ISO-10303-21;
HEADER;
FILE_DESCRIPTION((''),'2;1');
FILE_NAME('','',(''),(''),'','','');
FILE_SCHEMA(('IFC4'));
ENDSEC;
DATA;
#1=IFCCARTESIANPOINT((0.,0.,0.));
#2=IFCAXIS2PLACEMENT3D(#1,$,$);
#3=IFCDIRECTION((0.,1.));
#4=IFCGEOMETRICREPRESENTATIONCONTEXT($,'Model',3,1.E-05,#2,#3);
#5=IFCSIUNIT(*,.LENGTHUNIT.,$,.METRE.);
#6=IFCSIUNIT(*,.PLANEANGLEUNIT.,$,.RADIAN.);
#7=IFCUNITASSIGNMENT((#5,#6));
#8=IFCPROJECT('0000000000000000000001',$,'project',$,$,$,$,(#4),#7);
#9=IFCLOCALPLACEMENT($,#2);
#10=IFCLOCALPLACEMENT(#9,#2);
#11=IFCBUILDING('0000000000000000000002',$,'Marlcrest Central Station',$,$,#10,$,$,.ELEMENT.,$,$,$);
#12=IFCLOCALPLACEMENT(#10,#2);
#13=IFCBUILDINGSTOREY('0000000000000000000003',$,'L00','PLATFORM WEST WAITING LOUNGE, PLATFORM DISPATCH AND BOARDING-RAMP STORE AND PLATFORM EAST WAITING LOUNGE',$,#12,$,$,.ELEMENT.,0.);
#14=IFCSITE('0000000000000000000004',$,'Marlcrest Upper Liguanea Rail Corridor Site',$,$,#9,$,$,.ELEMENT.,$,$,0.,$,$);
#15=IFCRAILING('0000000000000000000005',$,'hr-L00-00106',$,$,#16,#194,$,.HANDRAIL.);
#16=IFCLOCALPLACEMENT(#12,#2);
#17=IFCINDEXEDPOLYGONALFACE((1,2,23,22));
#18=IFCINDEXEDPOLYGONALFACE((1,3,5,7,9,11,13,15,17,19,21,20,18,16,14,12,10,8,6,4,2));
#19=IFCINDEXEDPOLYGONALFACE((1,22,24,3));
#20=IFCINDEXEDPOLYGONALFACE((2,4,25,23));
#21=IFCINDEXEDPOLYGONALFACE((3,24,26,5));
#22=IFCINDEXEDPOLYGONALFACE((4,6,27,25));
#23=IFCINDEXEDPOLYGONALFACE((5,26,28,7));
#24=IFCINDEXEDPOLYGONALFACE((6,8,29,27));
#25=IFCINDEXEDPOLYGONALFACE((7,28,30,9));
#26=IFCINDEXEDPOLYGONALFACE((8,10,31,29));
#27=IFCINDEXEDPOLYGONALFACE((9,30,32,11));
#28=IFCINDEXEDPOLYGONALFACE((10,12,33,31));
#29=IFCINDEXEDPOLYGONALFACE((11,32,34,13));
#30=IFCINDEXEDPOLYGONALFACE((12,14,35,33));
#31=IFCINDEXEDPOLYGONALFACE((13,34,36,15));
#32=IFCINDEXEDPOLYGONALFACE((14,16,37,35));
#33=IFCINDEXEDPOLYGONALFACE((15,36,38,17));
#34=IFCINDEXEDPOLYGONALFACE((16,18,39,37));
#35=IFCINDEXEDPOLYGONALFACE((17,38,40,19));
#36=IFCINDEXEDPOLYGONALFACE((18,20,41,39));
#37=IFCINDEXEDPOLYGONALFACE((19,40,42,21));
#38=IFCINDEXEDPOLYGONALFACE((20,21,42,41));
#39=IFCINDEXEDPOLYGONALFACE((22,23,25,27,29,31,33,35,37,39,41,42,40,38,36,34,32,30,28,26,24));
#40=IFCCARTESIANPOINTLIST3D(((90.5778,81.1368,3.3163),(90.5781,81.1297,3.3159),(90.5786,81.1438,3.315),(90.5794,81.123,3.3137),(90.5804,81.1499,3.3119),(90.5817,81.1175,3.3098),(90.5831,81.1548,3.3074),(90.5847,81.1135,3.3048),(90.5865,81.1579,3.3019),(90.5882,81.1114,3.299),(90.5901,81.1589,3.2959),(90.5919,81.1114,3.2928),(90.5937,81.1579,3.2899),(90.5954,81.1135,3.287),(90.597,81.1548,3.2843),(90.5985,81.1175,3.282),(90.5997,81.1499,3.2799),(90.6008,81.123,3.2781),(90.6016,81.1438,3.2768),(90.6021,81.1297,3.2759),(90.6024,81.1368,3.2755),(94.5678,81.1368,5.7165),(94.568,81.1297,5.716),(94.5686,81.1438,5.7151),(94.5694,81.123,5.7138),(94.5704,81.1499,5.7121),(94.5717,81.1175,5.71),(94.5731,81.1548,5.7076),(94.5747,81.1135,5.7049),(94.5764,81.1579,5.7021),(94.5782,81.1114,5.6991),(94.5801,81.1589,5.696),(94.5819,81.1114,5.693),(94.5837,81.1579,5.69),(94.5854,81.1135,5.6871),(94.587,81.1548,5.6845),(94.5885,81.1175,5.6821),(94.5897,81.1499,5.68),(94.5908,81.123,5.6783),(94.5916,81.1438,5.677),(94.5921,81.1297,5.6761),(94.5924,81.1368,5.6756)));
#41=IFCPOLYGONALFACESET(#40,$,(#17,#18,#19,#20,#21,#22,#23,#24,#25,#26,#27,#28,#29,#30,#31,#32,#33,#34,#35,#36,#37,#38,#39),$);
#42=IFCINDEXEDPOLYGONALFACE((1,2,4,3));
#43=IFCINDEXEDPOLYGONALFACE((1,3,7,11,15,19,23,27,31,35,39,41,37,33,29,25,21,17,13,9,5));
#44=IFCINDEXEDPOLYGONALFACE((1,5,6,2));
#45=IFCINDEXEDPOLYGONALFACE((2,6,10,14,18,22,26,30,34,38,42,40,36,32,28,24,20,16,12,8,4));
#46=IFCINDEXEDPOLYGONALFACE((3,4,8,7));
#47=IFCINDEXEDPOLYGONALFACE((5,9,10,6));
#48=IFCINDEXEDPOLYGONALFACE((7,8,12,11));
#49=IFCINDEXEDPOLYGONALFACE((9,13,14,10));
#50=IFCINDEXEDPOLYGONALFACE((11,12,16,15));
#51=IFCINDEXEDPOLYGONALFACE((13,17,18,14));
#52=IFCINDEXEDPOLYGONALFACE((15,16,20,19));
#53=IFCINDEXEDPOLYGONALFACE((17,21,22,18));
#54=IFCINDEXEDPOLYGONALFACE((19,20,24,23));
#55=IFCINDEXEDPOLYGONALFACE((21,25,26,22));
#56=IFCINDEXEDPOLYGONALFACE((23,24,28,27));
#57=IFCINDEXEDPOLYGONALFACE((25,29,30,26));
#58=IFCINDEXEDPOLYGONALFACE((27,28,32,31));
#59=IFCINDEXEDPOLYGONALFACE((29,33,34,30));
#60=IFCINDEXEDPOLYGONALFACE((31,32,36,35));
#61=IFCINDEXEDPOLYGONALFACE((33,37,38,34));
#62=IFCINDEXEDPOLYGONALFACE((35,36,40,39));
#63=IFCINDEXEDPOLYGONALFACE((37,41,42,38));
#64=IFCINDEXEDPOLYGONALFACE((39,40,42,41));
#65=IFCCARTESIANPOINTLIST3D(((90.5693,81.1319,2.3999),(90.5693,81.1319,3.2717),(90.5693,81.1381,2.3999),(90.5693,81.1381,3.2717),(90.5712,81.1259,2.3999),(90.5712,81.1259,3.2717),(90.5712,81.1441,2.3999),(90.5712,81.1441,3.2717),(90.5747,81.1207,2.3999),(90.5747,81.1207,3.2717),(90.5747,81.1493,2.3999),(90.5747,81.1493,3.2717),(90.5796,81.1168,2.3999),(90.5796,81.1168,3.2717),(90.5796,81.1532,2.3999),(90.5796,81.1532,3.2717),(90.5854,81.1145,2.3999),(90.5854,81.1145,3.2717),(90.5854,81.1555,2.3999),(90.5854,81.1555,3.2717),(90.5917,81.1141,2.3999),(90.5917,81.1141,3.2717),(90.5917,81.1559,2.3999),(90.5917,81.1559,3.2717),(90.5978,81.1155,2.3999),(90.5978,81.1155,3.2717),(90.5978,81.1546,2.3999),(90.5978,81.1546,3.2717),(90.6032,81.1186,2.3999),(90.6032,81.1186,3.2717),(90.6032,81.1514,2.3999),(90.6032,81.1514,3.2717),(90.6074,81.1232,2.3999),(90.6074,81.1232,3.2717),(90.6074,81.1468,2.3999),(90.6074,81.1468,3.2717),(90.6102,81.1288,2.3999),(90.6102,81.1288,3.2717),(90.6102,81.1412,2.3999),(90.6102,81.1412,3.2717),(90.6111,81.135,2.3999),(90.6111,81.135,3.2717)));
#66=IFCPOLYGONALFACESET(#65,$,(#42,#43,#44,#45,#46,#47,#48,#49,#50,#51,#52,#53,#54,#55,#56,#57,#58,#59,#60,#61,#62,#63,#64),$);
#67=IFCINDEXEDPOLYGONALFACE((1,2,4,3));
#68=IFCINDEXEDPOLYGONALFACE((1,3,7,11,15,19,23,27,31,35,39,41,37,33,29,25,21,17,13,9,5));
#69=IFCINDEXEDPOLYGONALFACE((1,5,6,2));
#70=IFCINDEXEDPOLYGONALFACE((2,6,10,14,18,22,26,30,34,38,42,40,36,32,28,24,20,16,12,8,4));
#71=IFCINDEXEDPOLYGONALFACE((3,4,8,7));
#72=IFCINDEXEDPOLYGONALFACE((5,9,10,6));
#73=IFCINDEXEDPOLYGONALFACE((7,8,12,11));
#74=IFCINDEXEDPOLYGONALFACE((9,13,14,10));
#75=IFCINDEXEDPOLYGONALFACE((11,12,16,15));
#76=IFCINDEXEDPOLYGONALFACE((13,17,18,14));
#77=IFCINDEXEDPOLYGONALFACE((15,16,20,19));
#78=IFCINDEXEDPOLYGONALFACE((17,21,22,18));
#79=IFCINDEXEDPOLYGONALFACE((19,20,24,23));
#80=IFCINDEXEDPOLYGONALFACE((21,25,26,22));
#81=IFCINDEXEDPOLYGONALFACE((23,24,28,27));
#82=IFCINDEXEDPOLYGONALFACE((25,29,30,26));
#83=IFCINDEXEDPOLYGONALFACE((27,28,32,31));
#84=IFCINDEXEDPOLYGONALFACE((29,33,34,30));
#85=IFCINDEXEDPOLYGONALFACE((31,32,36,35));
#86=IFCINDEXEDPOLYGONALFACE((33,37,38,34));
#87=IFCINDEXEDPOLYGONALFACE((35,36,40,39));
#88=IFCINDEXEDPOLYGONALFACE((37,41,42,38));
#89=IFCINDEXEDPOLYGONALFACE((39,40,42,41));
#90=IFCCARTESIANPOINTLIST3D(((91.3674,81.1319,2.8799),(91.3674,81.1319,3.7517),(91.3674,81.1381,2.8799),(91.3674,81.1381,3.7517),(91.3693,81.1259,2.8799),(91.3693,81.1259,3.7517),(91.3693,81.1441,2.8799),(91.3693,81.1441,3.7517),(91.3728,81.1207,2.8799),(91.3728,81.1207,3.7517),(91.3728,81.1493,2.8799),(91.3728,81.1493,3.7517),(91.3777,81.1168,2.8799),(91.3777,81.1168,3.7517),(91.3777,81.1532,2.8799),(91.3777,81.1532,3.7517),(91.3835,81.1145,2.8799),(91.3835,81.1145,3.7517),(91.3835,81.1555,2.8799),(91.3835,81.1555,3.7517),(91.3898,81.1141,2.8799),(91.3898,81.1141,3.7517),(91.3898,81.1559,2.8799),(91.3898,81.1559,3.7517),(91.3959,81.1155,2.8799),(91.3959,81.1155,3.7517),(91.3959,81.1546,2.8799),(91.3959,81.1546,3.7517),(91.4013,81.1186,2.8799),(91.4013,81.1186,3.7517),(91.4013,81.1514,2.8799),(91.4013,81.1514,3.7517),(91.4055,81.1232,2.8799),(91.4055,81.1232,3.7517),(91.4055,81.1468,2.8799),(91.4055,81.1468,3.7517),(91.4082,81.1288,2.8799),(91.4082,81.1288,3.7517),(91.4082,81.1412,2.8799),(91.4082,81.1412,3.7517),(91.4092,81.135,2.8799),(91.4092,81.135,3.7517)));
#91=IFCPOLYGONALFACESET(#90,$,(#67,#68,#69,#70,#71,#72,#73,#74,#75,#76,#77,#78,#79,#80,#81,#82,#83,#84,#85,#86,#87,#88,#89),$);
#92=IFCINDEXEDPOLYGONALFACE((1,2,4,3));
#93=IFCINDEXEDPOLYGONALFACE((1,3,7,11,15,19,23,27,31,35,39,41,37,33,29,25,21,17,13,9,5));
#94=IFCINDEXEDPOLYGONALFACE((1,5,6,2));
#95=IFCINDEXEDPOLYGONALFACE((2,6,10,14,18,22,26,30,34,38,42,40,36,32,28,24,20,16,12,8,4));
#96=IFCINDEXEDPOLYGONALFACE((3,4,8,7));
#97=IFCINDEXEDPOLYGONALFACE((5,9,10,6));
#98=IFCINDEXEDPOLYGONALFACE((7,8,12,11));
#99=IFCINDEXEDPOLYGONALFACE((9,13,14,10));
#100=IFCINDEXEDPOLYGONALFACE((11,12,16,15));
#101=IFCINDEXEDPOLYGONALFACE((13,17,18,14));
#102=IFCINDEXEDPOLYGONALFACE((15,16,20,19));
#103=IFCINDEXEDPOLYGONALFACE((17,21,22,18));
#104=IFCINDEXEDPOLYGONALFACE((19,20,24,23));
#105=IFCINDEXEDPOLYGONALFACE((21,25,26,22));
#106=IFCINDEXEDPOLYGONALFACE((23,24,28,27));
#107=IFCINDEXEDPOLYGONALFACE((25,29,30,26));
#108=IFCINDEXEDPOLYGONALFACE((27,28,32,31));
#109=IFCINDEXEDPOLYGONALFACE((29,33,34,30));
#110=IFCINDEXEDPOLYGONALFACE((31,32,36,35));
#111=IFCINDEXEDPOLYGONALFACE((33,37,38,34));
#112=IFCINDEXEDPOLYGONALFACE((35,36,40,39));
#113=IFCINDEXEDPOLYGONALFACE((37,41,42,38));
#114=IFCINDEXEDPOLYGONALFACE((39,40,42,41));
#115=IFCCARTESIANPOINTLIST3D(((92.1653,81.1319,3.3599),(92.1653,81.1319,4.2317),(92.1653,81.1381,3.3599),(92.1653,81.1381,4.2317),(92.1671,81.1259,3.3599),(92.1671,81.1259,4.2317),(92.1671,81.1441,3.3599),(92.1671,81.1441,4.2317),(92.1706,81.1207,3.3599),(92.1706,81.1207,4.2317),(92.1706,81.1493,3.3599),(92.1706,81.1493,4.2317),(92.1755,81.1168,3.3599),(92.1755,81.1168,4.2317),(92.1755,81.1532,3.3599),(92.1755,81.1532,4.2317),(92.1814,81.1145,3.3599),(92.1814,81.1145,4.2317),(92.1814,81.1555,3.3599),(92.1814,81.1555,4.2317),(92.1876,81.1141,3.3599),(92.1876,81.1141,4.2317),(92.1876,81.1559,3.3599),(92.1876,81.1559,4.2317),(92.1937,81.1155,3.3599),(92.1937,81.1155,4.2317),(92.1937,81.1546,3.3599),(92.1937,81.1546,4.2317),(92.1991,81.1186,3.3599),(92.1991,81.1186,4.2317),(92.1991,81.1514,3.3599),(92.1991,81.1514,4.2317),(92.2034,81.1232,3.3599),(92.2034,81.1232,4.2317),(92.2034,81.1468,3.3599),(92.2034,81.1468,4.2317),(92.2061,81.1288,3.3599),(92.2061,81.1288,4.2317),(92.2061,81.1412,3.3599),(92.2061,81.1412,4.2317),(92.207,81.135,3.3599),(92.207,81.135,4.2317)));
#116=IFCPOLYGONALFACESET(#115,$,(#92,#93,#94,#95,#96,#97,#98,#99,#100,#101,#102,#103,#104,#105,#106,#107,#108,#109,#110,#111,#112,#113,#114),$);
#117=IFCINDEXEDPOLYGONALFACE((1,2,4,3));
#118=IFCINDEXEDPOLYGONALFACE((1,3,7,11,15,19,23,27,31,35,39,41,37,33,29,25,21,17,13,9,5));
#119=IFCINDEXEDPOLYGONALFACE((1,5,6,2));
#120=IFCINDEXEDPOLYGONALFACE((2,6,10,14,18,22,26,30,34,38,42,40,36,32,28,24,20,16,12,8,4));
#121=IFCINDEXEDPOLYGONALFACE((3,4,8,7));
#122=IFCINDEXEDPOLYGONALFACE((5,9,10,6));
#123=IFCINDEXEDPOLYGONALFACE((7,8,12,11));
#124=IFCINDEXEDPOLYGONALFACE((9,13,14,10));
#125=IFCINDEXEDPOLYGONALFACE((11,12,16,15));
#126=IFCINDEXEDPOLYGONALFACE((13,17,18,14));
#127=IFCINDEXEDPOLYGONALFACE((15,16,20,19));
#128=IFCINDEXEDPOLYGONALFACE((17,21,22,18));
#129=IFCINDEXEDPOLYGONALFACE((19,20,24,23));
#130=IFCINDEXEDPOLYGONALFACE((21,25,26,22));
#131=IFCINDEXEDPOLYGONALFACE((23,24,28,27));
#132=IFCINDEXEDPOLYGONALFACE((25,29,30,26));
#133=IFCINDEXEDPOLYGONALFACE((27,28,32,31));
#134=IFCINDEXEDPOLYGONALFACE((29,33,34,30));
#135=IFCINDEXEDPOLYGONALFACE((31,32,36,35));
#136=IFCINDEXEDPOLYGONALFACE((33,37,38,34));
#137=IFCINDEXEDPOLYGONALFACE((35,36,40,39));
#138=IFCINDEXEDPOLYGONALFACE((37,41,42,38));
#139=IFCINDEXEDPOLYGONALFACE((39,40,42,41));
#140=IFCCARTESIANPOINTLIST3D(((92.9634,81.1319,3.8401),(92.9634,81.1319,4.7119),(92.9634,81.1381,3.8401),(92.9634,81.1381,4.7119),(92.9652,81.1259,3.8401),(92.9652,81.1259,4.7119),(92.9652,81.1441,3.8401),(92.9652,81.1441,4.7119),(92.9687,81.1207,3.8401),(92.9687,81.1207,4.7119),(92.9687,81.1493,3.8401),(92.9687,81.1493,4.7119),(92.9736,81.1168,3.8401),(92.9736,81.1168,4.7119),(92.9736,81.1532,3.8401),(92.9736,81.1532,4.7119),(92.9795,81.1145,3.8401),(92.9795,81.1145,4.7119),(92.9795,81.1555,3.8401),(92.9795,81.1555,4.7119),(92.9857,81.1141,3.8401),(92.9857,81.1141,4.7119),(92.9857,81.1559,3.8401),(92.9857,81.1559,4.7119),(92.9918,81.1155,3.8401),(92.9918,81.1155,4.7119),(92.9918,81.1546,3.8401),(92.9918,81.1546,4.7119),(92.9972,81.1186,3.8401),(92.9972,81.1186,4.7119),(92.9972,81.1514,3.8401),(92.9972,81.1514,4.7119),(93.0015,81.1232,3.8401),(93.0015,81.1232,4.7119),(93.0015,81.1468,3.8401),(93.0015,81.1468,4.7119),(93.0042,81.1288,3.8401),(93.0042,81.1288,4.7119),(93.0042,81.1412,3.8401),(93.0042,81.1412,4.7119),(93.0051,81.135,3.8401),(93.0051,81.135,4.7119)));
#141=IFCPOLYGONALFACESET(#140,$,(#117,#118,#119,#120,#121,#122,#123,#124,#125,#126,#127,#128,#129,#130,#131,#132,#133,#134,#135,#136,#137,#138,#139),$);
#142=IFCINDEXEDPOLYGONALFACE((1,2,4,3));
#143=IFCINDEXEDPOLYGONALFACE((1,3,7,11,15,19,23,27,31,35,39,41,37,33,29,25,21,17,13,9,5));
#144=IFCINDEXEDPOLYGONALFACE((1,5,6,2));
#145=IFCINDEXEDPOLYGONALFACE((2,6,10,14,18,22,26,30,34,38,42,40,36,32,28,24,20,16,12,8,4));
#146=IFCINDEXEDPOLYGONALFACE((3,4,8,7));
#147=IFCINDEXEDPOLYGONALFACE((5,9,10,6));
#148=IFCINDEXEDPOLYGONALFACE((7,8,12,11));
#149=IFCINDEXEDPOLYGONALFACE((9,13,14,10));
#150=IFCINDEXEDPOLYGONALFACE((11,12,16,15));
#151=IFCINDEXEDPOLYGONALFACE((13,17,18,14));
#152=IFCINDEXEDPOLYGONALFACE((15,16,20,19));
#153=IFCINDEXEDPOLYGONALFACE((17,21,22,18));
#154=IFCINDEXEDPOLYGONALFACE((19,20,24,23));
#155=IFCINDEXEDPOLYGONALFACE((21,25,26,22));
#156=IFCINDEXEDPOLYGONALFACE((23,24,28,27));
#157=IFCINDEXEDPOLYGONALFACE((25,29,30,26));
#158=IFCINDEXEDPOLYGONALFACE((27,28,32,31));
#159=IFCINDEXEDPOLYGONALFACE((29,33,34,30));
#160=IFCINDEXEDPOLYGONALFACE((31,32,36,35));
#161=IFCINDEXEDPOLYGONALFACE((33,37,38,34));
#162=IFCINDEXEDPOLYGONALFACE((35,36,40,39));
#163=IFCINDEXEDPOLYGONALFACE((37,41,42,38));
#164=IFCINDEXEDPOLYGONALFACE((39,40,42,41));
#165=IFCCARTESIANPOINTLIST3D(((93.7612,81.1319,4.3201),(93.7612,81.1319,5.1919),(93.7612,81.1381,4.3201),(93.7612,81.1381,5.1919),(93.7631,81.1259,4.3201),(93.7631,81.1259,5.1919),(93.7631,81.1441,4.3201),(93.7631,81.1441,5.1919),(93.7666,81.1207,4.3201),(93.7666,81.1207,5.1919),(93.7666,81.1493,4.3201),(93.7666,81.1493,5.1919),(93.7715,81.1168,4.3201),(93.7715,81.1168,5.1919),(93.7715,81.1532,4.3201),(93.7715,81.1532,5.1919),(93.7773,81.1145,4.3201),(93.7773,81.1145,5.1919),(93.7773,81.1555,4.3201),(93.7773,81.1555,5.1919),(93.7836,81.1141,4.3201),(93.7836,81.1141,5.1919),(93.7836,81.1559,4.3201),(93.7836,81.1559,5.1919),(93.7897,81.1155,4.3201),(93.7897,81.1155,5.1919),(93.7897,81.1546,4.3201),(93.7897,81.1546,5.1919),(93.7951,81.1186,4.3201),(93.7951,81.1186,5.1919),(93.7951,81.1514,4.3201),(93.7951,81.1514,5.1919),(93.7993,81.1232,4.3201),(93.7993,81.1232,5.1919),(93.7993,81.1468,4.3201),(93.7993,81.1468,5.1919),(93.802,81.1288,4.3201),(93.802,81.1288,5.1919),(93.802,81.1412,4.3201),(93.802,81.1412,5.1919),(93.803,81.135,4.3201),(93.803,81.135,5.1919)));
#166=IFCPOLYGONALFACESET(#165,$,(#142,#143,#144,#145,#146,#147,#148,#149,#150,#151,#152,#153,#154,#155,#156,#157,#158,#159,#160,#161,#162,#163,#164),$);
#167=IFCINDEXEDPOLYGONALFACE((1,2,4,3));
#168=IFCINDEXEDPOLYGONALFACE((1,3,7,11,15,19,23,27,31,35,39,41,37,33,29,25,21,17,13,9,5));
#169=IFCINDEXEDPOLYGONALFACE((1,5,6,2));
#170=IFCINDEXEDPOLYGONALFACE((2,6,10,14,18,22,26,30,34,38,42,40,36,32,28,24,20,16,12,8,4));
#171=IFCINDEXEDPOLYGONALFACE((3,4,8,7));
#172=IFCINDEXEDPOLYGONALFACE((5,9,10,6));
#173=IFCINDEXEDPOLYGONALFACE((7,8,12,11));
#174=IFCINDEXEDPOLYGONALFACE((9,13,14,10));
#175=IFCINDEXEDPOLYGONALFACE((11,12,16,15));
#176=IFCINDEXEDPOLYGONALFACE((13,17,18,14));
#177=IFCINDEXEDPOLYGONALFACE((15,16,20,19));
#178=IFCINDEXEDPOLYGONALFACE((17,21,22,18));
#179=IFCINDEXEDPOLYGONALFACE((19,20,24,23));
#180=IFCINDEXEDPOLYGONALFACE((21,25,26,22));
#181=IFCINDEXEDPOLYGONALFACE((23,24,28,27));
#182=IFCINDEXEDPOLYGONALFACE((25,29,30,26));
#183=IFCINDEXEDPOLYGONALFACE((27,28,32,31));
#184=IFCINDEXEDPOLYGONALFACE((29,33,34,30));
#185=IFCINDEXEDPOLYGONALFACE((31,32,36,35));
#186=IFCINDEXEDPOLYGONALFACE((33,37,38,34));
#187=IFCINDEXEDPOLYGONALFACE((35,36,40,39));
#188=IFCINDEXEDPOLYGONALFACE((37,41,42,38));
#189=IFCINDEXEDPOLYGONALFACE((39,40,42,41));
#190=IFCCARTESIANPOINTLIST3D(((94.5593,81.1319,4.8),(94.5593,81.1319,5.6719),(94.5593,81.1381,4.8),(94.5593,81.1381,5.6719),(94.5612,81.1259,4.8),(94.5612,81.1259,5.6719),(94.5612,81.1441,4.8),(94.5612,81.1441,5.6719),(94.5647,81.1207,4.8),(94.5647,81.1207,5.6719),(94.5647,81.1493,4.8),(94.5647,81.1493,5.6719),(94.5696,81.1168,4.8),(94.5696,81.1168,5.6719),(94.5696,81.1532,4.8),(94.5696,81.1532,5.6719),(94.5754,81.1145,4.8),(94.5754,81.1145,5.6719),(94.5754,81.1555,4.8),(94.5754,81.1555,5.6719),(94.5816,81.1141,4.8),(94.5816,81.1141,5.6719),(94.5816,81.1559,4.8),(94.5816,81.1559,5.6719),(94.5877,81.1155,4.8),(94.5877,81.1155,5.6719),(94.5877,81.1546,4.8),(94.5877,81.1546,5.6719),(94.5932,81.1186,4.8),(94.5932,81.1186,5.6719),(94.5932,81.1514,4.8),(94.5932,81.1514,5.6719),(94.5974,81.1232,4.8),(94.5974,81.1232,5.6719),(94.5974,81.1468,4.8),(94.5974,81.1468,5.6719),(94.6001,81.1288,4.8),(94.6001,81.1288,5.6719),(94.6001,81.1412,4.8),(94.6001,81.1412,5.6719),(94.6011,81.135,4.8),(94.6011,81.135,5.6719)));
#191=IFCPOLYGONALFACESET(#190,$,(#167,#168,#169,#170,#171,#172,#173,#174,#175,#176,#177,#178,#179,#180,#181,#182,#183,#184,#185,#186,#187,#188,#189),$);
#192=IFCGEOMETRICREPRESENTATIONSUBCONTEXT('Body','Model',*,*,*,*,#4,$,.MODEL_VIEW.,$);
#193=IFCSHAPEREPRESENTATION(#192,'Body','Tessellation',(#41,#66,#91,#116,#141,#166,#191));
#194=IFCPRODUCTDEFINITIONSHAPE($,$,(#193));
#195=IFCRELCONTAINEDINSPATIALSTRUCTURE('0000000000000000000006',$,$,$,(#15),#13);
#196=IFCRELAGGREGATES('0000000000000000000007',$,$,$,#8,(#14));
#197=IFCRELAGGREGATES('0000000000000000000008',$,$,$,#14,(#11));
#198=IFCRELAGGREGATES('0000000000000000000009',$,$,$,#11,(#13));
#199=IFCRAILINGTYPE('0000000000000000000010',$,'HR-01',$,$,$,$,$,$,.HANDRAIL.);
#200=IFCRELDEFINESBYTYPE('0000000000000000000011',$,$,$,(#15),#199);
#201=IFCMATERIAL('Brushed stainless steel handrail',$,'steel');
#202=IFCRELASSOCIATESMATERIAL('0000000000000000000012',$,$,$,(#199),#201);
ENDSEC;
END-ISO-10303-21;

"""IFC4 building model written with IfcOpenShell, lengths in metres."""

from ifc_helpers import new_model, si_unit, direction, frame, origin, origin_2d, place, context, subcontext, project, spatial, circle, extrude, material, type_object, element, save


model = new_model("IFC4")

# Units and contexts
model_context = context("Model", 3, precision=1e-05, world=origin(), true_north=direction((0.0, 1.0)))
body_context = subcontext(model_context, "Body", "Model", "MODEL_VIEW")
ifc_project = project(units=[si_unit("LENGTHUNIT", "METRE"), si_unit("PLANEANGLEUNIT", "RADIAN")], contexts=[model_context])

# Site, building, storey
site_placement = place(None, origin())
site = spatial("IfcSite", under=ifc_project, at=site_placement, Name="Marlcrest Upper Liguanea Rail Corridor Site", CompositionType="ELEMENT", RefElevation=0.0)
building_placement = place(site_placement, origin())
building = spatial("IfcBuilding", under=site, at=building_placement, Name="Marlcrest Central Station", CompositionType="ELEMENT")
storey_placement = place(building_placement, origin())
storey = spatial("IfcBuildingStorey", under=building, at=storey_placement, Name="L00", Description="PLATFORM WEST WAITING LOUNGE, PLATFORM DISPATCH AND BOARDING-RAMP STORE AND PLATFORM EAST WAITING LOUNGE", CompositionType="ELEMENT", Elevation=0.0)

# Railing
ifc_material_1 = material(Name="Brushed stainless steel handrail", Category="steel")
railing_type = type_object("IfcRailingType", Name="HR-01", PredefinedType="HANDRAIL", material=ifc_material_1)
for number, where, name in (
    (1, (90.5901, 81.135, 2.3999), "hr-L00-00106"),
):
    element("IfcRailing", number, at=place(storey_placement, frame(where)), inside=storey, type_object=railing_type, Name=name, PredefinedType="HANDRAIL", context=body_context, shape_type="SweptSolid", body=[
        extrude(circle(Radius=0.0239, at=origin_2d()), frame((0.0, 0.0, 0.896), z_axis=(0.856909, 0.0, 0.515467), x_axis=(0.0, 1.0, 0.0)), (0.0, 0.0, 1.0), 4.6562),
        extrude(circle(Radius=0.021, at=origin_2d()), origin(), (0.0, 0.0, 1.0), 0.8718),
        extrude(circle(Radius=0.021, at=origin_2d()), frame((0.7981, 0.0, 0.48)), (0.0, 0.0, 1.0), 0.8718),
        extrude(circle(Radius=0.021, at=origin_2d()), frame((1.5959, 0.0, 0.96)), (0.0, 0.0, 1.0), 0.8718),
        extrude(circle(Radius=0.021, at=origin_2d()), frame((2.394, 0.0, 1.4402)), (0.0, 0.0, 1.0), 0.8718),
        extrude(circle(Radius=0.021, at=origin_2d()), frame((3.1919, 0.0, 1.9202)), (0.0, 0.0, 1.0), 0.8718),
        extrude(circle(Radius=0.021, at=origin_2d()), frame((3.99, 0.0, 2.4001)), (0.0, 0.0, 1.0), 0.8718),
    ])

save(model, "model.ifc")
